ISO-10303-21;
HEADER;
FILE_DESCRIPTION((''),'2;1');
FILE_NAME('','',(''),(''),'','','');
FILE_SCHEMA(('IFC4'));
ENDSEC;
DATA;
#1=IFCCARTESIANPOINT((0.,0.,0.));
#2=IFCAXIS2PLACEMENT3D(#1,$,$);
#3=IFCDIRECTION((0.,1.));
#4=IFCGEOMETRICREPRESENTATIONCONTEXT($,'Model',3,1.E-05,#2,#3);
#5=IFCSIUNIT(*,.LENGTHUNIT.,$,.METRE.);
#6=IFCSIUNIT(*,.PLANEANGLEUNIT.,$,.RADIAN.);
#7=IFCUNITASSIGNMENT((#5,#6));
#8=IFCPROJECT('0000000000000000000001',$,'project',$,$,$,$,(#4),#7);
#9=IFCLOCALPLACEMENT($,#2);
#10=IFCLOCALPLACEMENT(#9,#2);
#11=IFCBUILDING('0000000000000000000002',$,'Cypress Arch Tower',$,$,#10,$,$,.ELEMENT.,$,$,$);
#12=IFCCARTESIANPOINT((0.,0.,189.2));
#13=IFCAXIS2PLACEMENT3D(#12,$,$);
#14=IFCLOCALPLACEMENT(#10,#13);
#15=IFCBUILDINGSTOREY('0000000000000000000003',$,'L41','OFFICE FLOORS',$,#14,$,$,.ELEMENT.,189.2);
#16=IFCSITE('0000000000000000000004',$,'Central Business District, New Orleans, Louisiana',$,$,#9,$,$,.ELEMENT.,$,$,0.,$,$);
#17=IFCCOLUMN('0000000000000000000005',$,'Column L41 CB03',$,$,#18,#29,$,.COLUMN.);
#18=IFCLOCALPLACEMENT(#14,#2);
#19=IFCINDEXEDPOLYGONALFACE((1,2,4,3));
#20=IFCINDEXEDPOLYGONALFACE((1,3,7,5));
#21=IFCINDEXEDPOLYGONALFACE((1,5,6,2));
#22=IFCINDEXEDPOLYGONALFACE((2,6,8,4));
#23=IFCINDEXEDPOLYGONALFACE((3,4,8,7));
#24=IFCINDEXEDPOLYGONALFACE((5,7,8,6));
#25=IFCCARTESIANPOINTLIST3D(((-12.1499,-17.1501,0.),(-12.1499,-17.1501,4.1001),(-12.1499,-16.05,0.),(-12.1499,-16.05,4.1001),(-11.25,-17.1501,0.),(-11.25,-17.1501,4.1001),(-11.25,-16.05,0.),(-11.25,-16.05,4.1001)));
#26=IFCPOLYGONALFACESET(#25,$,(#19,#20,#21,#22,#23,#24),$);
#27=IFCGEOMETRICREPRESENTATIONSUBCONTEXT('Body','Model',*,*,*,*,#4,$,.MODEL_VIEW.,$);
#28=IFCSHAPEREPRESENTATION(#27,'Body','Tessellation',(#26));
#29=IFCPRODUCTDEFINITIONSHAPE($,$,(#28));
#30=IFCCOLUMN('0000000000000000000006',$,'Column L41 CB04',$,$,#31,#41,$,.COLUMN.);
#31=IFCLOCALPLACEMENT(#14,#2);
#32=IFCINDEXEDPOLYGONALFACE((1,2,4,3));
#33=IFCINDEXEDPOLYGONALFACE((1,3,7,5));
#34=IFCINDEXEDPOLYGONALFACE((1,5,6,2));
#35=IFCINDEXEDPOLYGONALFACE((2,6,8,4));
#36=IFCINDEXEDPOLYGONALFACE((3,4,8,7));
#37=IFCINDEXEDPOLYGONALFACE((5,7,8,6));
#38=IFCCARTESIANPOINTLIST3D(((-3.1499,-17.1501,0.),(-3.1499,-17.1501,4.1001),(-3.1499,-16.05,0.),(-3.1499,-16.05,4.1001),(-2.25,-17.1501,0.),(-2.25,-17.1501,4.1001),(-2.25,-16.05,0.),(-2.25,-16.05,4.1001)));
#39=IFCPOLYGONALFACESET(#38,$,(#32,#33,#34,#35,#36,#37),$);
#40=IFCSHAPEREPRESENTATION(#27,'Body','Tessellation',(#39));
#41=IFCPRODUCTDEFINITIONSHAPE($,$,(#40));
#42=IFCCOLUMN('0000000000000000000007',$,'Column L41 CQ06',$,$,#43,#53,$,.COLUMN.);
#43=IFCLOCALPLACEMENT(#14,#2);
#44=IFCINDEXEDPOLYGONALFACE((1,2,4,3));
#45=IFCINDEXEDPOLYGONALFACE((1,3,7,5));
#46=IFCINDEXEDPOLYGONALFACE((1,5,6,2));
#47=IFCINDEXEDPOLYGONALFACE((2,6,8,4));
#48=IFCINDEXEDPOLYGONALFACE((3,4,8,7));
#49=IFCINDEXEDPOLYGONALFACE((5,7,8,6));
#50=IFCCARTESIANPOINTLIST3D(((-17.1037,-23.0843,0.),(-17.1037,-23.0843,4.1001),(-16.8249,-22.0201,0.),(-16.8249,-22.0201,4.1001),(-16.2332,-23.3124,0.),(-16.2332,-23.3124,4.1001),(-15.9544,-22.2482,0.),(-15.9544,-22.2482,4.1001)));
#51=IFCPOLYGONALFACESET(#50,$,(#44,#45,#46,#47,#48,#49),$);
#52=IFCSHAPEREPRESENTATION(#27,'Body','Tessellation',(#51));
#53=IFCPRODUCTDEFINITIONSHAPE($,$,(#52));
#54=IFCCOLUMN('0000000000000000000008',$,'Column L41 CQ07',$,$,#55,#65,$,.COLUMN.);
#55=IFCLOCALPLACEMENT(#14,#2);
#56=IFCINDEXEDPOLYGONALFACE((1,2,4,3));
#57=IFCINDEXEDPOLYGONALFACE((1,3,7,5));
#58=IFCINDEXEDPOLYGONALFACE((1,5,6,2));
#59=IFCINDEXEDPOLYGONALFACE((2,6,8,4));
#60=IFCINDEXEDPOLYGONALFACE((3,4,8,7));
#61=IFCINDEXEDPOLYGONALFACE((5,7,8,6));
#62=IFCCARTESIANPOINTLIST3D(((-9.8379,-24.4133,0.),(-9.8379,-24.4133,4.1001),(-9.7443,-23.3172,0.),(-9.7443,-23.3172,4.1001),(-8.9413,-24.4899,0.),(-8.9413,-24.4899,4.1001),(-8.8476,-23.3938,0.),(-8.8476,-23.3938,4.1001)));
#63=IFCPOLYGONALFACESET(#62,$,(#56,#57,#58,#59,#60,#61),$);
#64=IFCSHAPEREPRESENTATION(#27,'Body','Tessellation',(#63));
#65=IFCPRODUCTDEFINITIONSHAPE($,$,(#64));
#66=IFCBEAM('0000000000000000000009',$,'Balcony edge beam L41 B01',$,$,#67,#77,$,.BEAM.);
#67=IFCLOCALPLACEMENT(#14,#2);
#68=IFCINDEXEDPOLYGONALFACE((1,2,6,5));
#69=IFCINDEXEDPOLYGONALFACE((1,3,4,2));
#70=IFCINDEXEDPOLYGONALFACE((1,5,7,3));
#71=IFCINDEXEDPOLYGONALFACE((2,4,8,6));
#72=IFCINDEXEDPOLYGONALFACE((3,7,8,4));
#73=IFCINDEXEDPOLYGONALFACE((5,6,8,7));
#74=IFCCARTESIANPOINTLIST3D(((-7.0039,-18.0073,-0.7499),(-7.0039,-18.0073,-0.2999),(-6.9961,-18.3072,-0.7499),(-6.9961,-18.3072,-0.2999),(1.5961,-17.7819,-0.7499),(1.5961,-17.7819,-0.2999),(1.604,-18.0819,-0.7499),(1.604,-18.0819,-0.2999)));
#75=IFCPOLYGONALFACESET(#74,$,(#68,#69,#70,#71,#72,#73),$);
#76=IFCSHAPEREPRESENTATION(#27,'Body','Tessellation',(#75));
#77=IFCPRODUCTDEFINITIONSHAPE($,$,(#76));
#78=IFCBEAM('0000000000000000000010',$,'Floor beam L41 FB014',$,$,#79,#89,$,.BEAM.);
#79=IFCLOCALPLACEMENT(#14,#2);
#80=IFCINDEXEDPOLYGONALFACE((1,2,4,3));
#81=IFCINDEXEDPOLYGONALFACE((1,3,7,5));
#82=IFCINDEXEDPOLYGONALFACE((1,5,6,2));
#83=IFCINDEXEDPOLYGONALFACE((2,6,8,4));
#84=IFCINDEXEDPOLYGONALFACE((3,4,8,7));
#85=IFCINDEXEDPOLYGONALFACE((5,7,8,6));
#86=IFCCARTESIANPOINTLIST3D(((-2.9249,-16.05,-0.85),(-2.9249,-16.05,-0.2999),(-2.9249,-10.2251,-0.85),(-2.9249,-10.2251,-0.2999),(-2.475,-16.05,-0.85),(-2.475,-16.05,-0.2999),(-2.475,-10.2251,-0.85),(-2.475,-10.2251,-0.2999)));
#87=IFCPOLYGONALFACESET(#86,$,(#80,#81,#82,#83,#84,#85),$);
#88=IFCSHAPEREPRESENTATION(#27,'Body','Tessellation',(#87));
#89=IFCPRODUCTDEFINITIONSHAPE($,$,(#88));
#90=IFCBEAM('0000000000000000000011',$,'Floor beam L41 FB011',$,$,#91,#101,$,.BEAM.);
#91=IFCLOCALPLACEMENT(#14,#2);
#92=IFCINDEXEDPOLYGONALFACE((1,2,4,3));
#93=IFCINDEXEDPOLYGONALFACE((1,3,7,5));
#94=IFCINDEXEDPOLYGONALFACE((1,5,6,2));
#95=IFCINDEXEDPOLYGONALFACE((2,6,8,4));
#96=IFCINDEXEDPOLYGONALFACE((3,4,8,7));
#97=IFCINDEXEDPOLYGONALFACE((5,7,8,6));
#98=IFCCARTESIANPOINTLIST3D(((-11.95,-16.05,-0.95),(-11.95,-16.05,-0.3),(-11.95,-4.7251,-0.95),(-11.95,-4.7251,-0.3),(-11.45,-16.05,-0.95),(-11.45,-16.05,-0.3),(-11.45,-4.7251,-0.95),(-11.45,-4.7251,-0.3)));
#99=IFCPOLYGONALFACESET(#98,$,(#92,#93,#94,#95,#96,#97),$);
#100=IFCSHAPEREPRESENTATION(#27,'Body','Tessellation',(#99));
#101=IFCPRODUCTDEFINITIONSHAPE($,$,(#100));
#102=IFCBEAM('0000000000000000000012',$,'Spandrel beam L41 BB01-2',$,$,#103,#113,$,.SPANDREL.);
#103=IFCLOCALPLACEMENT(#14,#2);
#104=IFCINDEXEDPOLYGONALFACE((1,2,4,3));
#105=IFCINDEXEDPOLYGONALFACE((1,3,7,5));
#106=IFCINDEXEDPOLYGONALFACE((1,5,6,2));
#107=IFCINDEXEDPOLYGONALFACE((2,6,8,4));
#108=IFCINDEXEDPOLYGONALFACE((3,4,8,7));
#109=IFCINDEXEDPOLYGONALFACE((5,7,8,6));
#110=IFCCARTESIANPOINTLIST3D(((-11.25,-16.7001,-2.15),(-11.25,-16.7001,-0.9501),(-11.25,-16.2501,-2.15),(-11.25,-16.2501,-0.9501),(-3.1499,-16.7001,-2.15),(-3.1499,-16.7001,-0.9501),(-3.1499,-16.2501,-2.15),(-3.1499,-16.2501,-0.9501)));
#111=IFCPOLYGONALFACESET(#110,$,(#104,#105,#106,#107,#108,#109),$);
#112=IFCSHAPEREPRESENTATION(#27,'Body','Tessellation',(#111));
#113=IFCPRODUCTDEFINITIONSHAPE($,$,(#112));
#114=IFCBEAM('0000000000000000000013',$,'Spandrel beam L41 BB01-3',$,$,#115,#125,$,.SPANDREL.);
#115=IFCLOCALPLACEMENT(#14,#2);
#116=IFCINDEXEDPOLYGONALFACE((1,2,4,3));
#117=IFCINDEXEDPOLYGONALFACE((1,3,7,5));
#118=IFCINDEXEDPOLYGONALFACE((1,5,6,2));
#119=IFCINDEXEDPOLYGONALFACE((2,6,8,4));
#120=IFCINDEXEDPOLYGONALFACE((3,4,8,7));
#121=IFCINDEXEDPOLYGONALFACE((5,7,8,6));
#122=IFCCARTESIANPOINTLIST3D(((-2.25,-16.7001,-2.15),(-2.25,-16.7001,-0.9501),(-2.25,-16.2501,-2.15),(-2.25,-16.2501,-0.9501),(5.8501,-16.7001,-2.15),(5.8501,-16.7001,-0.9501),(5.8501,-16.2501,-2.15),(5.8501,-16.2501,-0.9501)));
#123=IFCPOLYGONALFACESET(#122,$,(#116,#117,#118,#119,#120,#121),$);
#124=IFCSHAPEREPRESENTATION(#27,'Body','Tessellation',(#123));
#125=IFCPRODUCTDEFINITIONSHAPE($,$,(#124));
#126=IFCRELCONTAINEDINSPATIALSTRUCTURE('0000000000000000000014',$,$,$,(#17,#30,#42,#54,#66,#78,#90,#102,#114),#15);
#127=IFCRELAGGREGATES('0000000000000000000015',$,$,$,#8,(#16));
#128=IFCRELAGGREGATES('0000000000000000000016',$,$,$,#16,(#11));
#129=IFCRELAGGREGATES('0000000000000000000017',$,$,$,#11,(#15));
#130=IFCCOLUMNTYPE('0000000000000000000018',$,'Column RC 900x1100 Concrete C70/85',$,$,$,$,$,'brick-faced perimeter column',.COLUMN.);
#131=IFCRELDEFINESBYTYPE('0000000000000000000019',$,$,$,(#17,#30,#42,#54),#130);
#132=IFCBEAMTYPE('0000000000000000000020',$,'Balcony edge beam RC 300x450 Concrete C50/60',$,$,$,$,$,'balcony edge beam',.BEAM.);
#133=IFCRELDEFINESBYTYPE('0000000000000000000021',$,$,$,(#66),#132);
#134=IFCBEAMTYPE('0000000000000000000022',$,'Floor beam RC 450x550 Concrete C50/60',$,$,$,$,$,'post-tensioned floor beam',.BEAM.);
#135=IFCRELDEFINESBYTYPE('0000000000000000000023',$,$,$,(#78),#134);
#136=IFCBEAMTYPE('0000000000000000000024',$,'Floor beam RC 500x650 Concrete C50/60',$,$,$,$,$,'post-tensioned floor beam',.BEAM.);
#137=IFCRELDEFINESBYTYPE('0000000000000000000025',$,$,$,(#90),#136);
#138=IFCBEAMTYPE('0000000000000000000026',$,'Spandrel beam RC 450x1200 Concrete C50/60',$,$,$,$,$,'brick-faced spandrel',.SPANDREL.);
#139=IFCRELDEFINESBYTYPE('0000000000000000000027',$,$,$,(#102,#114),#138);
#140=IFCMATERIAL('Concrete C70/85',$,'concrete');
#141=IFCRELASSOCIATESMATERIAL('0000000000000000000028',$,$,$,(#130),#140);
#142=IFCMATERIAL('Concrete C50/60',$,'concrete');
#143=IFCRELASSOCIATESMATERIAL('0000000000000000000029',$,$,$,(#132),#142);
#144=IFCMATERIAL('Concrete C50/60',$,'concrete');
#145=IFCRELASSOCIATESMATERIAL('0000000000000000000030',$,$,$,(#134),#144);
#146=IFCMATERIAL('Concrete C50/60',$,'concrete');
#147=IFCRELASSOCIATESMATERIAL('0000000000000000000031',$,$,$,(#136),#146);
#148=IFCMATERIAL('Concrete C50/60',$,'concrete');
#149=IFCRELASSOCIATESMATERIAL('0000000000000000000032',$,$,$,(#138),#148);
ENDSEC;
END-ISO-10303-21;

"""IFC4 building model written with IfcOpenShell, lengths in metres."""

from ifc_helpers import new_model, si_unit, direction, frame, origin, origin_2d, place, context, subcontext, project, spatial, rectangle, extrude, material, material_profile, profile_set, type_object, element, save


model = new_model("IFC4")

# Units and contexts
model_context = context("Model", 3, precision=1e-05, world=origin(), true_north=direction((0.0, 1.0)))
body_context = subcontext(model_context, "Body", "Model", "MODEL_VIEW")
ifc_project = project(units=[si_unit("LENGTHUNIT", "METRE"), si_unit("PLANEANGLEUNIT", "RADIAN")], contexts=[model_context])

# Site, building, storey
site_placement = place(None, origin())
site = spatial("IfcSite", under=ifc_project, at=site_placement, Name="Central Business District, New Orleans, Louisiana", CompositionType="ELEMENT", RefElevation=0.0)
building_placement = place(site_placement, origin())
building = spatial("IfcBuilding", under=site, at=building_placement, Name="Cypress Arch Tower", CompositionType="ELEMENT")
storey_placement = place(building_placement, frame((0.0, 0.0, 189.2)))
storey = spatial("IfcBuildingStorey", under=building, at=storey_placement, Name="L41", Description="OFFICE FLOORS", CompositionType="ELEMENT", Elevation=189.2)

# Columns
ifc_material_1 = material(Name="Concrete C70/85", Category="concrete")
ifc_material_profile_1 = material_profile(ifc_material_1, rectangle(XDim=0.8999, YDim=1.1001, at=origin_2d()), Name="RC 900x1100")
ifc_profile_set_1 = profile_set([ifc_material_profile_1], Name="Concrete C70/85")
column_type = type_object("IfcColumnType", Name="Column RC 900x1100 Concrete C70/85", ElementType="brick-faced perimeter column", PredefinedType="COLUMN", material=ifc_profile_set_1)
for number, where, z_axis, x_axis, name in (
    (1, (-11.7, -16.6001, 0.0), (0.0, 0.0, 1.0), (1.0, 0.0, 0.0), "Column L41 CB03"),
    (2, (-2.7, -16.6001, 0.0), (0.0, 0.0, 1.0), (1.0, 0.0, 0.0), "Column L41 CB04"),
    (3, (-16.5291, -22.6663, 0.0), (0.0, 0.0, 1.0), (0.967356, -0.253422, 0.0), "Column L41 CQ06"),
    (4, (-9.3428, -23.9036, 0.0), (0.0, 0.0, 1.0), (0.996368, -0.085149, 0.0), "Column L41 CQ07"),
):
    element("IfcColumn", number, at=place(storey_placement, frame(where, z_axis=z_axis, x_axis=x_axis)), inside=storey, type_object=column_type, Name=name, PredefinedType="COLUMN", context=body_context, shape_type="SweptSolid", body=[
        extrude(rectangle(XDim=0.8999, YDim=1.1001, at=origin_2d()), origin(), (0.0, 0.0, 1.0), 4.1001),
    ])

# Beams
ifc_material_2 = material(Name="Concrete C50/60", Category="concrete")
ifc_material_profile_2 = material_profile(ifc_material_2, rectangle(XDim=0.3, YDim=0.45, at=origin_2d()), Name="RC 300x450")
ifc_profile_set_2 = profile_set([ifc_material_profile_2], Name="Concrete C50/60")
beam_type_1 = type_object("IfcBeamType", Name="Balcony edge beam RC 300x450 Concrete C50/60", ElementType="balcony edge beam", PredefinedType="BEAM", material=ifc_profile_set_2)
beam_1_placement = place(storey_placement, frame((-7.0, -18.1572, -0.5249), z_axis=(0.999657, 0.026193, 0.0), x_axis=(-0.026193, 0.999657, 0.0)))
element("IfcBeam", 5, at=beam_1_placement, inside=storey, type_object=beam_type_1, Name="Balcony edge beam L41 B01", PredefinedType="BEAM", context=body_context, shape_type="SweptSolid", body=[
    extrude(rectangle(XDim=0.3, YDim=0.45, at=origin_2d()), origin(), (0.0, 0.0, 1.0), 8.603),
])
ifc_material_3 = material(Name="Concrete C50/60", Category="concrete")
ifc_material_profile_3 = material_profile(ifc_material_3, rectangle(XDim=0.45, YDim=0.55, at=origin_2d()), Name="RC 450x550")
ifc_profile_set_3 = profile_set([ifc_material_profile_3], Name="Concrete C50/60")
beam_type_2 = type_object("IfcBeamType", Name="Floor beam RC 450x550 Concrete C50/60", ElementType="post-tensioned floor beam", PredefinedType="BEAM", material=ifc_profile_set_3)
beam_2_placement = place(storey_placement, frame((-2.7, -16.05, -0.575), z_axis=(0.0, 1.0, 0.0), x_axis=(-1.0, 0.0, 0.0)))
element("IfcBeam", 6, at=beam_2_placement, inside=storey, type_object=beam_type_2, Name="Floor beam L41 FB014", PredefinedType="BEAM", context=body_context, shape_type="SweptSolid", body=[
    extrude(rectangle(XDim=0.45, YDim=0.55, at=origin_2d()), origin(), (0.0, 0.0, 1.0), 5.825),
])
ifc_material_4 = material(Name="Concrete C50/60", Category="concrete")
ifc_material_profile_4 = material_profile(ifc_material_4, rectangle(XDim=0.5, YDim=0.6499, at=origin_2d()), Name="RC 500x650")
ifc_profile_set_4 = profile_set([ifc_material_profile_4], Name="Concrete C50/60")
beam_type_3 = type_object("IfcBeamType", Name="Floor beam RC 500x650 Concrete C50/60", ElementType="post-tensioned floor beam", PredefinedType="BEAM", material=ifc_profile_set_4)
beam_3_placement = place(storey_placement, frame((-11.7, -16.05, -0.625), z_axis=(0.0, 1.0, 0.0), x_axis=(-1.0, 0.0, 0.0)))
element("IfcBeam", 7, at=beam_3_placement, inside=storey, type_object=beam_type_3, Name="Floor beam L41 FB011", PredefinedType="BEAM", context=body_context, shape_type="SweptSolid", body=[
    extrude(rectangle(XDim=0.5, YDim=0.6499, at=origin_2d()), origin(), (0.0, 0.0, 1.0), 11.325),
])
ifc_material_5 = material(Name="Concrete C50/60", Category="concrete")
ifc_material_profile_5 = material_profile(ifc_material_5, rectangle(XDim=0.45, YDim=1.2, at=origin_2d()), Name="RC 450x1200")
ifc_profile_set_5 = profile_set([ifc_material_profile_5], Name="Concrete C50/60")
beam_type_4 = type_object("IfcBeamType", Name="Spandrel beam RC 450x1200 Concrete C50/60", ElementType="brick-faced spandrel", PredefinedType="SPANDREL", material=ifc_profile_set_5)
for number, where, z_axis, x_axis, name in (
    (8, (-11.25, -16.4751, -1.55), (1.0, 0.0, 0.0), (0.0, 1.0, 0.0), "Spandrel beam L41 BB01-2"),
    (9, (-2.25, -16.4751, -1.55), (1.0, 0.0, 0.0), (0.0, 1.0, 0.0), "Spandrel beam L41 BB01-3"),
):
    element("IfcBeam", number, at=place(storey_placement, frame(where, z_axis=z_axis, x_axis=x_axis)), inside=storey, type_object=beam_type_4, Name=name, PredefinedType="SPANDREL", context=body_context, shape_type="SweptSolid", body=[
        extrude(rectangle(XDim=0.45, YDim=1.2, at=origin_2d()), origin(), (0.0, 0.0, 1.0), 8.1001),
    ])

save(model, "model.ifc")
